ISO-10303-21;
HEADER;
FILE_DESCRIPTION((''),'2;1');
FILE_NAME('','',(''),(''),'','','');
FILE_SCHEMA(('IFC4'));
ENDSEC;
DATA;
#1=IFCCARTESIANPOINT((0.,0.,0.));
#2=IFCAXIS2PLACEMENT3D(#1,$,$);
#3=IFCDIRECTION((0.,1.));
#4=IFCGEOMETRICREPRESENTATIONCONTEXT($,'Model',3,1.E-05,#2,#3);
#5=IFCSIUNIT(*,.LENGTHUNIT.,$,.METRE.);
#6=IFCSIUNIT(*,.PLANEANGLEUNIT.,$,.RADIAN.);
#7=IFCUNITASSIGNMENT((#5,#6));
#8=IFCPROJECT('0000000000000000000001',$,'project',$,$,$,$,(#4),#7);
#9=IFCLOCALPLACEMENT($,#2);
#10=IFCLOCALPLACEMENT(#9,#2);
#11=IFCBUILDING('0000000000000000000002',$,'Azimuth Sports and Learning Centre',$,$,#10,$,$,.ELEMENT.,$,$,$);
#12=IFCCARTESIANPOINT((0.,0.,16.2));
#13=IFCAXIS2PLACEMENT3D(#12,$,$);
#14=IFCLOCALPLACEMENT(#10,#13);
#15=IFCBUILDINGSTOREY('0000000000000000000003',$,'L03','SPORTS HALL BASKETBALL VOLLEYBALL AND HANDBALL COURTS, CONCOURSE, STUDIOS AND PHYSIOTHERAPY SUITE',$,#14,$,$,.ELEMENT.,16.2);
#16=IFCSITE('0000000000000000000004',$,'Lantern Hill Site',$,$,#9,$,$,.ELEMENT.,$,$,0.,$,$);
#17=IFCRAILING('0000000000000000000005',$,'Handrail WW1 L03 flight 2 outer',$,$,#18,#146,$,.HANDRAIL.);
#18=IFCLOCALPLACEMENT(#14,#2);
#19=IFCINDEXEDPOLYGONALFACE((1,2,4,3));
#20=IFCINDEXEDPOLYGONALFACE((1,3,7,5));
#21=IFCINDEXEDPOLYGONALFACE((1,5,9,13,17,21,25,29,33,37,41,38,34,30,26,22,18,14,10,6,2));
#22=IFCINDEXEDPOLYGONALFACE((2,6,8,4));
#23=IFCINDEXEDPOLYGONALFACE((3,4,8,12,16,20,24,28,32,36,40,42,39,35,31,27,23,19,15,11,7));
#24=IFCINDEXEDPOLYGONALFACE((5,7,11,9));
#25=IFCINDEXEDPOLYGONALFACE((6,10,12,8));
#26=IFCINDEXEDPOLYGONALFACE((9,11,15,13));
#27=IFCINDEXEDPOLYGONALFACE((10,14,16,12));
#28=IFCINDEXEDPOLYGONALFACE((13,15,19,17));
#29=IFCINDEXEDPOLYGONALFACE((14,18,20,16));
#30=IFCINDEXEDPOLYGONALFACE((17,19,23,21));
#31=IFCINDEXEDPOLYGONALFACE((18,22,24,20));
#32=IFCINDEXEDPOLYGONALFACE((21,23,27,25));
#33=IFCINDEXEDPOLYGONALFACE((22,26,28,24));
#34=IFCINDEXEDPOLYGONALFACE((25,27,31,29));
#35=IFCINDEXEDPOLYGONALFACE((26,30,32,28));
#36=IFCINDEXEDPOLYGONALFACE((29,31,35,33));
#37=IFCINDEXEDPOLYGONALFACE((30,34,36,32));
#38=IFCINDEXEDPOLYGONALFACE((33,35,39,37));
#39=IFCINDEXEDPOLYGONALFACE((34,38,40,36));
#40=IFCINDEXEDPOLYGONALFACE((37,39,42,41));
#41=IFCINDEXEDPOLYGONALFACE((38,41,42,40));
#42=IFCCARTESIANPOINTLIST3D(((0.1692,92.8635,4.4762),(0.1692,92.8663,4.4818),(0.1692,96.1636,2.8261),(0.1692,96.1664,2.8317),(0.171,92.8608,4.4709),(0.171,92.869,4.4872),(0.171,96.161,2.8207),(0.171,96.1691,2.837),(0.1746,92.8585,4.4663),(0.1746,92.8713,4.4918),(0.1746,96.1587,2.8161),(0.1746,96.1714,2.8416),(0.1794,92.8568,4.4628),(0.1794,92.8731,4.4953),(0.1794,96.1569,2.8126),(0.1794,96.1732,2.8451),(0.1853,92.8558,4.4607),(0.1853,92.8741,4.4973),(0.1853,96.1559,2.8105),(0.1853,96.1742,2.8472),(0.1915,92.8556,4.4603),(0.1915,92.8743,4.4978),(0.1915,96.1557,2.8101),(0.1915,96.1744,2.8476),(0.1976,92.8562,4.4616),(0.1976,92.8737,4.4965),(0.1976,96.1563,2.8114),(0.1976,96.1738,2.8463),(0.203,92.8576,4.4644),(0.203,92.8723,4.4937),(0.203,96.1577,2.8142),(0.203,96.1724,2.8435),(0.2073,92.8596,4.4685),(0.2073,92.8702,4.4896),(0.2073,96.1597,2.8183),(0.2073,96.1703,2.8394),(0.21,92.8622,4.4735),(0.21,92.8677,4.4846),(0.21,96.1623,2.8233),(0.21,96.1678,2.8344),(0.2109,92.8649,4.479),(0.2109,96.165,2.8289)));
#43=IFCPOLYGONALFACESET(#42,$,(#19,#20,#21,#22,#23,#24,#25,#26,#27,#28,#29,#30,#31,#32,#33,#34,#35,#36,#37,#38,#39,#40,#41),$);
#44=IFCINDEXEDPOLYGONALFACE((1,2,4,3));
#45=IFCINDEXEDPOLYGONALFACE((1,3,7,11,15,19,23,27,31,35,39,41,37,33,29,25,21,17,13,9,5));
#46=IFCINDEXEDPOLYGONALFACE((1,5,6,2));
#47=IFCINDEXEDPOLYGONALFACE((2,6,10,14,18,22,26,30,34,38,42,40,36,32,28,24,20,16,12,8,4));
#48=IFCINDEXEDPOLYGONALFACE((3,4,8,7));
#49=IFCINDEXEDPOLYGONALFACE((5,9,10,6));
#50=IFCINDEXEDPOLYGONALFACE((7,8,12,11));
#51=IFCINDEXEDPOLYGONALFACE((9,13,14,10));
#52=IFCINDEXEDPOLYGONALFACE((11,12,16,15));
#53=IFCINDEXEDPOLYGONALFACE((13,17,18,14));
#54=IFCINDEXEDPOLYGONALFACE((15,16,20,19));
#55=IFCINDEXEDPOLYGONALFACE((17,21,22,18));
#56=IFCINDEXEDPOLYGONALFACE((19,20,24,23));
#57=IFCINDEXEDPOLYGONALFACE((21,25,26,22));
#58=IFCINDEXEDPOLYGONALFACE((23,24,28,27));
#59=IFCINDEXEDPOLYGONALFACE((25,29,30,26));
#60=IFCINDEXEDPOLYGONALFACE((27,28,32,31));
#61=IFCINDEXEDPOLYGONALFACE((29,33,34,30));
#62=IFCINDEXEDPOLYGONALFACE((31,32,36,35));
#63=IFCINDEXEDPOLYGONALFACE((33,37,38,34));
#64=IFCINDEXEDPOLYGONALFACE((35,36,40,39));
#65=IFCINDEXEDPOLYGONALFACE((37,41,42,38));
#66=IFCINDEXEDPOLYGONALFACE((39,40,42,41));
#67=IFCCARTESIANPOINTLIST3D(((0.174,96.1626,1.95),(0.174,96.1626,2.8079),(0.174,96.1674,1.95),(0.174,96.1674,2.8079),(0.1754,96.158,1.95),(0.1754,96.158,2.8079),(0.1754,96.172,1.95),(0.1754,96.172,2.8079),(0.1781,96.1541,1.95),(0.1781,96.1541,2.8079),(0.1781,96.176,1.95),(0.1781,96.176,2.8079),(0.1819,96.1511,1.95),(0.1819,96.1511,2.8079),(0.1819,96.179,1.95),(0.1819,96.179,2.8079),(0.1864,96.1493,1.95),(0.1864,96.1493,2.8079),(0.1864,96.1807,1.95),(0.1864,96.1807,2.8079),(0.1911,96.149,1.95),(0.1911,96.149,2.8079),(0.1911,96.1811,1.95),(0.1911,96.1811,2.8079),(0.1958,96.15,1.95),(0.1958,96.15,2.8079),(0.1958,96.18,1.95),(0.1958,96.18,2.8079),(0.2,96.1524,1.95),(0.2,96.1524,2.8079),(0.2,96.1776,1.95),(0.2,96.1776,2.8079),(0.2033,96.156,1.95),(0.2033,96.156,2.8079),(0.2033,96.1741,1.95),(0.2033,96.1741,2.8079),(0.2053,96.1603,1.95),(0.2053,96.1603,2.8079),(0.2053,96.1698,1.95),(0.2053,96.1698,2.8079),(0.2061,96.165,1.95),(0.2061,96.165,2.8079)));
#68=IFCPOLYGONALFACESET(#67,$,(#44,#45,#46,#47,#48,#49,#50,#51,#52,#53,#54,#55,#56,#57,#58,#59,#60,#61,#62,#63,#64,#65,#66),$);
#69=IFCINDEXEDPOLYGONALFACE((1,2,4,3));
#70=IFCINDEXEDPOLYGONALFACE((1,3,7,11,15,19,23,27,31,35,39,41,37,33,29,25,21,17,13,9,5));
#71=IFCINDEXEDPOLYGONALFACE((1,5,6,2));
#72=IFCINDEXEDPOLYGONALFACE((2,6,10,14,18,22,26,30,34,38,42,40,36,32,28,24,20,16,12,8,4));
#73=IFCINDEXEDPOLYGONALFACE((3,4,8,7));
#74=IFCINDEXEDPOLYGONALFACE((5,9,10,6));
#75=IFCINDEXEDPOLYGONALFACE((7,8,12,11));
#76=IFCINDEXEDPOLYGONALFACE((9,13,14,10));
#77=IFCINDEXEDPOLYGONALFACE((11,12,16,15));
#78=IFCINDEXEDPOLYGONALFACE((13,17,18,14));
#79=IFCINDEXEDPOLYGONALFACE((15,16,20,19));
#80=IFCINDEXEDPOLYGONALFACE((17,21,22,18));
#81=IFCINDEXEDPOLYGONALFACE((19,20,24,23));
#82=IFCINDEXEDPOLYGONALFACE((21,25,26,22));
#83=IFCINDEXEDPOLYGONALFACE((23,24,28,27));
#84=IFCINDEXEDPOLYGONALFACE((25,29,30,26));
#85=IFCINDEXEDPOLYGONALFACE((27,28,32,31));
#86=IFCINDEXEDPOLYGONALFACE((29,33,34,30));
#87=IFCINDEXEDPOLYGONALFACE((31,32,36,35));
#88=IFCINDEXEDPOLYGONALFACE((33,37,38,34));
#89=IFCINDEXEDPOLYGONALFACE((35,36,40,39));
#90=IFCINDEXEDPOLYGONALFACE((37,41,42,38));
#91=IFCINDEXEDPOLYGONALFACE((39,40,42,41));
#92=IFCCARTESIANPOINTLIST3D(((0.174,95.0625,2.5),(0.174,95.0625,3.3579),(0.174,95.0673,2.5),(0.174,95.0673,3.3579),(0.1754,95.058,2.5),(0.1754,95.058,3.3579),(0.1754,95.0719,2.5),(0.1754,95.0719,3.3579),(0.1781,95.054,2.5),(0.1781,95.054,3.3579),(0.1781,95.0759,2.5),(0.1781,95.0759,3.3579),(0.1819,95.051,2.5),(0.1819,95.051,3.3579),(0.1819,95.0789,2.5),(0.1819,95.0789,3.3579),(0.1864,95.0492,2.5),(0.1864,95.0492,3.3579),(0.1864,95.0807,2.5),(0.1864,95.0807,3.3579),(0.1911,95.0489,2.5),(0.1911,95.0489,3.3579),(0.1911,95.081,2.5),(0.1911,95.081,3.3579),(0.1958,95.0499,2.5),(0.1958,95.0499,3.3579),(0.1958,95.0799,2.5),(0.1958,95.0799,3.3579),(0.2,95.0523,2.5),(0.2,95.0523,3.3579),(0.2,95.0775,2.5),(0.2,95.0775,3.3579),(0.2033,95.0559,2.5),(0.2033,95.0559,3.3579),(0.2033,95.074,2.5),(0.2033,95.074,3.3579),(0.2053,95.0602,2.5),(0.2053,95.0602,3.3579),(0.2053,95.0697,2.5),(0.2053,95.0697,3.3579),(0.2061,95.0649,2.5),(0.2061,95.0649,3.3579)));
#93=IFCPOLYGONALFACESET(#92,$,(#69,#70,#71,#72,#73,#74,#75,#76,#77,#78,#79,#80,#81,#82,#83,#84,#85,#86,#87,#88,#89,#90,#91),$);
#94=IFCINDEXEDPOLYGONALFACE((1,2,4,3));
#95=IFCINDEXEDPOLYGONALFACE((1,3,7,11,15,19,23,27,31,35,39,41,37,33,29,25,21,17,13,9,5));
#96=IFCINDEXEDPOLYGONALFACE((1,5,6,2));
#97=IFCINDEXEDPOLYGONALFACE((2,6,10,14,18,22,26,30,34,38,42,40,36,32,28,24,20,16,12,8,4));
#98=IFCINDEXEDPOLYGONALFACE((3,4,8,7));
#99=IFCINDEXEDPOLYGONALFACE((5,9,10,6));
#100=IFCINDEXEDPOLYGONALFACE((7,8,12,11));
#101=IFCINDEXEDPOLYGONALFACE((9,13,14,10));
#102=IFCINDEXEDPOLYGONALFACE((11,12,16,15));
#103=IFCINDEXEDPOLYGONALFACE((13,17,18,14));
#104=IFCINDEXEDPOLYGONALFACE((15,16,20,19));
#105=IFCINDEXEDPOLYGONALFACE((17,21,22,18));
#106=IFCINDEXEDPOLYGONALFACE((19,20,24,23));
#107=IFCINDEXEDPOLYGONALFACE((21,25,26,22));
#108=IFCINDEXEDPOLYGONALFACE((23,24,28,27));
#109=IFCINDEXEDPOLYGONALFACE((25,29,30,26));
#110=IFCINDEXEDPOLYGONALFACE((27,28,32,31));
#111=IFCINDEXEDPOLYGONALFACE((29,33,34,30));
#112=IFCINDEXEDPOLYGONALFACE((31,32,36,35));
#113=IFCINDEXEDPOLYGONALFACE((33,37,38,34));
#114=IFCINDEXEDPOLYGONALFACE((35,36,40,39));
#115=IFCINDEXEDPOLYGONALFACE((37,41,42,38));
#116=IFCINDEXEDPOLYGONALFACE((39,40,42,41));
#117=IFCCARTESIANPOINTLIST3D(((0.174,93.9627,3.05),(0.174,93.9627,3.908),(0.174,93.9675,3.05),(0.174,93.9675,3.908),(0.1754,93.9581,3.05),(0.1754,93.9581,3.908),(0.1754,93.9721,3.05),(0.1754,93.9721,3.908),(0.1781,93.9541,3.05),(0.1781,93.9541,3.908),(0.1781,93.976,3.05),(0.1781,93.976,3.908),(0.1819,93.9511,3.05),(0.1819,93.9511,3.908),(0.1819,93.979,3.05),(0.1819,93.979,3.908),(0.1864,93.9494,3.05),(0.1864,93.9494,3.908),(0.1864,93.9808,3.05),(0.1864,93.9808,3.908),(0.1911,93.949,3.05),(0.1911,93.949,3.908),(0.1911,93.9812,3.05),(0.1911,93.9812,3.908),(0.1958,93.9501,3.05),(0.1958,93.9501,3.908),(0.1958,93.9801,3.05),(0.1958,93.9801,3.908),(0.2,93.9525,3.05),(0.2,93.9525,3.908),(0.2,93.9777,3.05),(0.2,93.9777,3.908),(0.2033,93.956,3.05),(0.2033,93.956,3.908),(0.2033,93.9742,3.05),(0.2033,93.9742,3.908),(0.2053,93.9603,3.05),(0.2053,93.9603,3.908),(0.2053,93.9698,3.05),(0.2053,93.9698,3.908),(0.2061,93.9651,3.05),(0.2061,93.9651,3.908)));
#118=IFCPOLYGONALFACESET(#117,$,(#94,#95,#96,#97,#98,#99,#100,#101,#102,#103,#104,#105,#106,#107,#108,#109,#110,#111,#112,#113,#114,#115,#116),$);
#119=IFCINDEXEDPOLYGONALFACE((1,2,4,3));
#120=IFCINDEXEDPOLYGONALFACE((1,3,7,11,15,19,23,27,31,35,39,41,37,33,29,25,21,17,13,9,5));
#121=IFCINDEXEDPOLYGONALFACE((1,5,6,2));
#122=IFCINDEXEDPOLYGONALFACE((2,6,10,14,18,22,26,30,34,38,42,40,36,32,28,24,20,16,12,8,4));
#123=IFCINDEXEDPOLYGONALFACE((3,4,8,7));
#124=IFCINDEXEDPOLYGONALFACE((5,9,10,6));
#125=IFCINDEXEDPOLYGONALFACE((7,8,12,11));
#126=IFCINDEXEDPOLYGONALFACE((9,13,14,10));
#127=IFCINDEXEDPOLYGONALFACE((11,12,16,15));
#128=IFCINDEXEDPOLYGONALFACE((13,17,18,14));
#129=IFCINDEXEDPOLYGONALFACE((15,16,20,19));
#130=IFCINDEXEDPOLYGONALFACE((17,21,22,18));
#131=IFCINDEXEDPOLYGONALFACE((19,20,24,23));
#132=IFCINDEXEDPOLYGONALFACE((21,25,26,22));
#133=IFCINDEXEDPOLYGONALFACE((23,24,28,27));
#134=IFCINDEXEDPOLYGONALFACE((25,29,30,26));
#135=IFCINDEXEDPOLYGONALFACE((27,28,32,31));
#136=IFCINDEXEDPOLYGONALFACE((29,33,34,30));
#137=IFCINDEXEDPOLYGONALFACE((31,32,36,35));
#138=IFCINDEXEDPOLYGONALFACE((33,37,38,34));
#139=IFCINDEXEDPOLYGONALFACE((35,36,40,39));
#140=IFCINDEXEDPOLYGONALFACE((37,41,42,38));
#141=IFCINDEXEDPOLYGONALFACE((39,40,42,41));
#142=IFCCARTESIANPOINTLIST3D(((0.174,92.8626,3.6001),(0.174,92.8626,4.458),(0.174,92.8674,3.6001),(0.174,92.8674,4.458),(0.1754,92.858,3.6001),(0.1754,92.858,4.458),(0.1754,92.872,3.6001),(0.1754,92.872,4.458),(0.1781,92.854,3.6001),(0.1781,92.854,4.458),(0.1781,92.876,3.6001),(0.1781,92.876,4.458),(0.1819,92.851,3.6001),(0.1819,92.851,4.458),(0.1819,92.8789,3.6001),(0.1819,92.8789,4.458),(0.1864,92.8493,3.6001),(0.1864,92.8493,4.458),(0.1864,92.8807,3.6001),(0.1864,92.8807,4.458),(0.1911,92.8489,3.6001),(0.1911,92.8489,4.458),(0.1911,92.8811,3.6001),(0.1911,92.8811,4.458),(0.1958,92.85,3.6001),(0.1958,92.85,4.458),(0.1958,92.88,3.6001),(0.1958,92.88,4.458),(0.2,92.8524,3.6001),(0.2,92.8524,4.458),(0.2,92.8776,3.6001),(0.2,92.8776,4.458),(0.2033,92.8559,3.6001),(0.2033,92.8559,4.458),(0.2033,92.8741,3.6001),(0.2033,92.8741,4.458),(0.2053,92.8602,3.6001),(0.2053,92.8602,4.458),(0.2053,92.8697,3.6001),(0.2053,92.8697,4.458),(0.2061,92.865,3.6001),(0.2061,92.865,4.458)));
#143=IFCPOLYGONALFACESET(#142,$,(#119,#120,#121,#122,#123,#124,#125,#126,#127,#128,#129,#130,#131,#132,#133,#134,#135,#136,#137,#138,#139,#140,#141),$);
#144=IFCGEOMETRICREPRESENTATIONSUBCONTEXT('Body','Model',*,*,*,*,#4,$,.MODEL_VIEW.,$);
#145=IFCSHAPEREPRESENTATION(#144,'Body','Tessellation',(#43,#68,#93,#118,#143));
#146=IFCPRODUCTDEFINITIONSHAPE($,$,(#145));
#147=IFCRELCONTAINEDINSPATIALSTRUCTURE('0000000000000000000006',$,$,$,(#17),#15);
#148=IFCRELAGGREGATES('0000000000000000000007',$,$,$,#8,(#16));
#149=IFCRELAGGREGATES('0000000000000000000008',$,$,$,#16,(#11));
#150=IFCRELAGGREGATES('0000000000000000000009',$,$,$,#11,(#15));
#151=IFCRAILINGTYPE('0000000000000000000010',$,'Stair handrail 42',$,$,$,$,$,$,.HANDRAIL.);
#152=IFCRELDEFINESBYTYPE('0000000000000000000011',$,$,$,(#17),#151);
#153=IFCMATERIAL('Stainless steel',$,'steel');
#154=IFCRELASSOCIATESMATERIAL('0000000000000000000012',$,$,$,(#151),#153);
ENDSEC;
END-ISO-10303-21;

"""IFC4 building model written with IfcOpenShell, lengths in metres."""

from ifc_helpers import new_model, si_unit, direction, frame, origin, origin_2d, place, context, subcontext, project, spatial, circle, extrude, material, type_object, element, save


model = new_model("IFC4")

# Units and contexts
model_context = context("Model", 3, precision=1e-05, world=origin(), true_north=direction((0.0, 1.0)))
body_context = subcontext(model_context, "Body", "Model", "MODEL_VIEW")
ifc_project = project(units=[si_unit("LENGTHUNIT", "METRE"), si_unit("PLANEANGLEUNIT", "RADIAN")], contexts=[model_context])

# Site, building, storey
site_placement = place(None, origin())
site = spatial("IfcSite", under=ifc_project, at=site_placement, Name="Lantern Hill Site", CompositionType="ELEMENT", RefElevation=0.0)
building_placement = place(site_placement, origin())
building = spatial("IfcBuilding", under=site, at=building_placement, Name="Azimuth Sports and Learning Centre", CompositionType="ELEMENT")
storey_placement = place(building_placement, frame((0.0, 0.0, 16.2)))
storey = spatial("IfcBuildingStorey", under=building, at=storey_placement, Name="L03", Description="SPORTS HALL BASKETBALL VOLLEYBALL AND HANDBALL COURTS, CONCOURSE, STUDIOS AND PHYSIOTHERAPY SUITE", CompositionType="ELEMENT", Elevation=16.2)

# Railing
ifc_material_1 = material(Name="Stainless steel", Category="steel")
railing_type = type_object("IfcRailingType", Name="Stair handrail 42", PredefinedType="HANDRAIL", material=ifc_material_1)
for number, where, name in (
    (1, (0.1899, 96.165, 1.95), "Handrail WW1 L03 flight 2 outer"),
):
    element("IfcRailing", number, at=place(storey_placement, frame(where)), inside=storey, type_object=railing_type, Name=name, PredefinedType="HANDRAIL", context=body_context, shape_type="SweptSolid", body=[
        extrude(circle(Radius=0.021, at=origin_2d()), frame((0.0, 0.0, 0.8789), z_axis=(0.0, -0.894414, 0.44724), x_axis=(1.0, 0.0, 0.0)), (0.0, 0.0, 1.0), 3.6897),
        extrude(circle(Radius=0.0161, at=origin_2d()), origin(), (0.0, 0.0, 1.0), 0.8579),
        extrude(circle(Radius=0.0161, at=origin_2d()), frame((0.0, -1.1001, 0.55)), (0.0, 0.0, 1.0), 0.8579),
        extrude(circle(Radius=0.0161, at=origin_2d()), frame((0.0, -2.2, 1.1001)), (0.0, 0.0, 1.0), 0.8579),
        extrude(circle(Radius=0.0161, at=origin_2d()), frame((0.0, -3.3, 1.6501)), (0.0, 0.0, 1.0), 0.8579),
    ])

save(model, "model.ifc")
